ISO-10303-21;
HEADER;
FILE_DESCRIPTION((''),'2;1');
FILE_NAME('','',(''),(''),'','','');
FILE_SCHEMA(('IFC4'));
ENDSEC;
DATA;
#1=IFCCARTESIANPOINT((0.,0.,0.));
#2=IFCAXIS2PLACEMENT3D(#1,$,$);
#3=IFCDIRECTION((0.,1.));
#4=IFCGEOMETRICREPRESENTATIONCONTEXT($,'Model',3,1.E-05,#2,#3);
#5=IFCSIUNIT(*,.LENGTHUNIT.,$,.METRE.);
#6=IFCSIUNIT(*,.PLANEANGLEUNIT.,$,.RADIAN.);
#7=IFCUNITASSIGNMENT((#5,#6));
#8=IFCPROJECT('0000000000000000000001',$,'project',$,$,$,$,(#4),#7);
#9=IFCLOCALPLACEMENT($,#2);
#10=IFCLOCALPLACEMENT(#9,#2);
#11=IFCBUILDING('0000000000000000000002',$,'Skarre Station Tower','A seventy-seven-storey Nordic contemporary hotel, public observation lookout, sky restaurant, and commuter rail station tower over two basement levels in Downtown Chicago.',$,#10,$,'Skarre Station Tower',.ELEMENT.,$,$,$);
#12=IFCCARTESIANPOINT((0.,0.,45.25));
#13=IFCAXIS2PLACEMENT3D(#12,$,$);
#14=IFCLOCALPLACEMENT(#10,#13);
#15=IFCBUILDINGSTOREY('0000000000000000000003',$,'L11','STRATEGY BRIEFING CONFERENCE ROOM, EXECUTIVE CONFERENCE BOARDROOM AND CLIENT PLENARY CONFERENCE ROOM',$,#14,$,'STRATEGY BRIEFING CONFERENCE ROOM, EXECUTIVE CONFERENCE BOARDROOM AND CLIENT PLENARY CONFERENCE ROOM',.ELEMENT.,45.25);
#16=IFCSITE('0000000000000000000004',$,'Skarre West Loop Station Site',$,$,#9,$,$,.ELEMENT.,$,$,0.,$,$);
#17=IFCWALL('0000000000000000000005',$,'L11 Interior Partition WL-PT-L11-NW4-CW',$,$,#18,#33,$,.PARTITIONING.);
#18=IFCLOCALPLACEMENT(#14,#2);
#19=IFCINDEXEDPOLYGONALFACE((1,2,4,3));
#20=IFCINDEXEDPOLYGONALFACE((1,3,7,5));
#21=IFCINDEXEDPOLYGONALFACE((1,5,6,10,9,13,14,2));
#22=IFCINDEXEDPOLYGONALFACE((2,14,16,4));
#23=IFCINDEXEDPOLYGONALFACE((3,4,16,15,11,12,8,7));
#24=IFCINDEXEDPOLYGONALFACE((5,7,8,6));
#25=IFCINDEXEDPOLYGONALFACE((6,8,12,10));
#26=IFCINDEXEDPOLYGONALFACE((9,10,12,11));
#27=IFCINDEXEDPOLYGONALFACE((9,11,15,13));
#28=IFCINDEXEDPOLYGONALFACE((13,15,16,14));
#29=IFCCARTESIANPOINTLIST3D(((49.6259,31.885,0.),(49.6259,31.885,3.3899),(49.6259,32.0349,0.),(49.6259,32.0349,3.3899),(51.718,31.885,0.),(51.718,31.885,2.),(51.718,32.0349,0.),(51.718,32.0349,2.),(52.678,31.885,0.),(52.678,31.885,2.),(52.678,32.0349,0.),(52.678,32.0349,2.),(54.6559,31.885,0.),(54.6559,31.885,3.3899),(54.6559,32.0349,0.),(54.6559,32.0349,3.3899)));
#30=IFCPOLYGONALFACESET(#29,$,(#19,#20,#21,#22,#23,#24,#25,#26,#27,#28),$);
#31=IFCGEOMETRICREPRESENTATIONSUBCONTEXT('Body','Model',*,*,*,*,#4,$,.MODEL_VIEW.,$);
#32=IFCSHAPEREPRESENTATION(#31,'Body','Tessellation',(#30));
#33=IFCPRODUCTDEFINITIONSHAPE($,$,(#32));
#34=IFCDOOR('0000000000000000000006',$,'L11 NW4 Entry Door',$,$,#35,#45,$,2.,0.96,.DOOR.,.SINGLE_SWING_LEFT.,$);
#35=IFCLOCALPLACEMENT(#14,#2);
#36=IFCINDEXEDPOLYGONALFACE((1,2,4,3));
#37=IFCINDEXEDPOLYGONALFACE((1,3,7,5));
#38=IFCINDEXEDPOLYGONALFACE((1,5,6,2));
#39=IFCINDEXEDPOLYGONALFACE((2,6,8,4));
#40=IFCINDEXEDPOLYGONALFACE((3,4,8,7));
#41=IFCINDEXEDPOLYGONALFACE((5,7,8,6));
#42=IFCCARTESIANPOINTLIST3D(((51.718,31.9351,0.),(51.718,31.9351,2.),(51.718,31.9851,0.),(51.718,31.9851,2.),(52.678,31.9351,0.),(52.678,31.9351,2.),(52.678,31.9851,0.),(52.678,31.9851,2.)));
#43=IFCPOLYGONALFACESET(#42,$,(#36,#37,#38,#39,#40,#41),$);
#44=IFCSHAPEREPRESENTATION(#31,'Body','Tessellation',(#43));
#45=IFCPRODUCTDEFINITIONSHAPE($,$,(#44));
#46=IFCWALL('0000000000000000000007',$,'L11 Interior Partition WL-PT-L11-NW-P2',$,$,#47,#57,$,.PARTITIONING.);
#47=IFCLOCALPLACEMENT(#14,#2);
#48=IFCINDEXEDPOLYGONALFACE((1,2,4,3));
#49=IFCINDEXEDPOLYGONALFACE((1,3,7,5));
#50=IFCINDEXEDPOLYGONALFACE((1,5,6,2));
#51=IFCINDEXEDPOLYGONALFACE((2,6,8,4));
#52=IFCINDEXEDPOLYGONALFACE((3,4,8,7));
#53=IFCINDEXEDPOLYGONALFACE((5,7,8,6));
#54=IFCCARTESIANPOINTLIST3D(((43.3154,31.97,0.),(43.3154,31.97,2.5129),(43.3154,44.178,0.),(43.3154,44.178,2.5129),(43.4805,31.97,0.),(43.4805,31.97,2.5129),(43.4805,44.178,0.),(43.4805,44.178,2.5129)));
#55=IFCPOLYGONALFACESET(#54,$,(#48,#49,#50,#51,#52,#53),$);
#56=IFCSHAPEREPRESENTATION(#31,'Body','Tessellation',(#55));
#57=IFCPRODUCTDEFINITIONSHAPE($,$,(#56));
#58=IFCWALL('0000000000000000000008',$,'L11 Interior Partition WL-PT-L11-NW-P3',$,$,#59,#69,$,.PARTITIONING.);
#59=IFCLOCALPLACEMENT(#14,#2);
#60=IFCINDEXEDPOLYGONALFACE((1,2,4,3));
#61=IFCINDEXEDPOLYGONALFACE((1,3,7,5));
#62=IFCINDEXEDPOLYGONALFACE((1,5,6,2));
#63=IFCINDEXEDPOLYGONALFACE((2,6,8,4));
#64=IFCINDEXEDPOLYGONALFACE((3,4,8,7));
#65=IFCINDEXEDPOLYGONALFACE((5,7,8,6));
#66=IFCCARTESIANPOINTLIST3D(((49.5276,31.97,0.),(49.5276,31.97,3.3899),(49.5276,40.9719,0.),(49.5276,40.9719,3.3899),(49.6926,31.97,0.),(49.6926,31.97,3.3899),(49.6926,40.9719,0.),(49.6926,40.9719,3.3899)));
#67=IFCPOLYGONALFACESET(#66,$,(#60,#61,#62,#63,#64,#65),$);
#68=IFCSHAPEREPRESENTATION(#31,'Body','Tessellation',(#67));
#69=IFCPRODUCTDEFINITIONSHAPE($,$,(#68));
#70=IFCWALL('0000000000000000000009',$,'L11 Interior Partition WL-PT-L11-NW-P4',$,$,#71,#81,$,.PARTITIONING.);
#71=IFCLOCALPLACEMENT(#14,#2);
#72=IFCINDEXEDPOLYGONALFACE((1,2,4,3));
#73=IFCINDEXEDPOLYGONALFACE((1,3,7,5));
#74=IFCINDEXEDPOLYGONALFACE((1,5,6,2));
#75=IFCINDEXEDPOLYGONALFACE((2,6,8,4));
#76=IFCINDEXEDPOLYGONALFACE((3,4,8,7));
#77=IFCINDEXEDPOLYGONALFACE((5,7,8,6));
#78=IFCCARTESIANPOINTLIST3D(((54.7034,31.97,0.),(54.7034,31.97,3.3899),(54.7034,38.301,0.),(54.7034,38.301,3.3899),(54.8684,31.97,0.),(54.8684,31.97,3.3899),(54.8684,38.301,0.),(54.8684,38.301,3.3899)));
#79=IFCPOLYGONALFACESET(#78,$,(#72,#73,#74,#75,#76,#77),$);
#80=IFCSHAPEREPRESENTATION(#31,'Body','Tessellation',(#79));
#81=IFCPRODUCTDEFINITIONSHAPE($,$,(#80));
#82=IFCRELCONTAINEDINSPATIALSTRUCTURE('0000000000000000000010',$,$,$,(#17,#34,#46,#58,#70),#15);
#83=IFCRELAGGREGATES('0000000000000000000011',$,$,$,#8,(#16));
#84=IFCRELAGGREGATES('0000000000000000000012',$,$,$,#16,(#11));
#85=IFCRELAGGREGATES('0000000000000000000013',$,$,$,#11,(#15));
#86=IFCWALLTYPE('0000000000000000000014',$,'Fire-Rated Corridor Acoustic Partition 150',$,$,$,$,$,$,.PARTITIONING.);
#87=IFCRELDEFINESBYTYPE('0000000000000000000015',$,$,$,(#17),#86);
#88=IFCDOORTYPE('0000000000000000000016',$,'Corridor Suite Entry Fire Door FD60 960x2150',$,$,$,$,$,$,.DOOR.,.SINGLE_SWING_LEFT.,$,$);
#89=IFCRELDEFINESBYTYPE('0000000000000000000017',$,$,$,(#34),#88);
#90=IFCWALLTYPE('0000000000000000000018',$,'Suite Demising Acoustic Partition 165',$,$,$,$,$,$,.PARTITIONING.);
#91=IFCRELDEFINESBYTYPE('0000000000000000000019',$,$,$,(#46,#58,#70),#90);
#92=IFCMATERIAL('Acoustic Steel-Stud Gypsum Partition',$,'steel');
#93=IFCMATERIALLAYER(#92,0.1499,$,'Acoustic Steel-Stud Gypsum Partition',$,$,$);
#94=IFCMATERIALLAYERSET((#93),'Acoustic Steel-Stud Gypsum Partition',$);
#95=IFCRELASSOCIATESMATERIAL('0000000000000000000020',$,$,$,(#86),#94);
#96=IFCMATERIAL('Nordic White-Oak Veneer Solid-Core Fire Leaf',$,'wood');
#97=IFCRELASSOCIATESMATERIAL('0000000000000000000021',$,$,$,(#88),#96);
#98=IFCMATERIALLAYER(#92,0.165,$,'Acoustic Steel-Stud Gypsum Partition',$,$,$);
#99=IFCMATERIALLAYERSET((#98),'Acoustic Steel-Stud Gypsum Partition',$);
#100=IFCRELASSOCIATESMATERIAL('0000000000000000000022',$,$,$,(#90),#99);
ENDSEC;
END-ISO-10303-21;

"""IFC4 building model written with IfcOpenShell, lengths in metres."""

from ifc_helpers import new_model, si_unit, direction, frame, frame_2d, origin, place, context, subcontext, project, spatial, rectangle, extrude, material, layer, layer_set, type_object, element, fill, save


model = new_model("IFC4")

# Units and contexts
model_context = context("Model", 3, precision=1e-05, world=origin(), true_north=direction((0.0, 1.0)))
body_context = subcontext(model_context, "Body", "Model", "MODEL_VIEW")
ifc_project = project(units=[si_unit("LENGTHUNIT", "METRE"), si_unit("PLANEANGLEUNIT", "RADIAN")], contexts=[model_context])

# Site, building, storey
site_placement = place(None, origin())
site = spatial("IfcSite", under=ifc_project, at=site_placement, Name="Skarre West Loop Station Site", CompositionType="ELEMENT", RefElevation=0.0)
building_placement = place(site_placement, origin())
building = spatial("IfcBuilding", under=site, at=building_placement, Name="Skarre Station Tower", Description="A seventy-seven-storey Nordic contemporary hotel, public observation lookout, sky restaurant, and commuter rail station tower over two basement levels in Downtown Chicago.", LongName="Skarre Station Tower", CompositionType="ELEMENT")
storey_placement = place(building_placement, frame((0.0, 0.0, 45.25)))
storey = spatial("IfcBuildingStorey", under=building, at=storey_placement, Name="L11", Description="STRATEGY BRIEFING CONFERENCE ROOM, EXECUTIVE CONFERENCE BOARDROOM AND CLIENT PLENARY CONFERENCE ROOM", LongName="STRATEGY BRIEFING CONFERENCE ROOM, EXECUTIVE CONFERENCE BOARDROOM AND CLIENT PLENARY CONFERENCE ROOM", CompositionType="ELEMENT", Elevation=45.25)

# Wall, opening, door
ifc_material_1 = material(Name="Acoustic Steel-Stud Gypsum Partition", Category="steel")
ifc_layer_1 = layer(ifc_material_1, 0.1499, Name="Acoustic Steel-Stud Gypsum Partition")
ifc_layer_set_1 = layer_set([ifc_layer_1], Name="Acoustic Steel-Stud Gypsum Partition")
wall_type_1 = type_object("IfcWallType", Name="Fire-Rated Corridor Acoustic Partition 150", PredefinedType="PARTITIONING", material=ifc_layer_set_1)
ifc_material_2 = material(Name="Nordic White-Oak Veneer Solid-Core Fire Leaf", Category="wood")
door_type = type_object("IfcDoorType", Name="Corridor Suite Entry Fire Door FD60 960x2150", OperationType="SINGLE_SWING_LEFT", PredefinedType="DOOR", material=ifc_material_2)
wall_1_placement = place(storey_placement, frame((54.656, 31.96, 0.0), z_axis=(0.0, 0.0, 1.0), x_axis=(-1.0, 0.0, 0.0)))
wall_1 = element("IfcWall", 1, at=wall_1_placement, inside=storey, type_object=wall_type_1, Name="L11 Interior Partition WL-PT-L11-NW4-CW", PredefinedType="PARTITIONING", context=body_context, shape_type="SweptSolid", body=[
    extrude(rectangle(XDim=5.03, YDim=0.1499, at=frame_2d((2.5151, 0.0))), origin(), (0.0, 0.0, 1.0), 3.3899),
])
opening_1_placement = place(wall_1_placement, frame((1.978, 0.0, 0.0)))
opening_1 = element("IfcOpeningElement", 2, at=opening_1_placement, cuts=wall_1, PredefinedType="OPENING", context=body_context, shape_type="SweptSolid", body=[
    extrude(rectangle(XDim=0.96, YDim=2.0, at=frame_2d((0.48, 1.0))), frame((0.0, 0.085, 0.0), z_axis=(0.0, -1.0, 0.0), x_axis=(1.0, 0.0, 0.0)), (0.0, 0.0, 1.0), 0.1699),
])
door_1_placement = place(opening_1_placement, origin())
door_1 = element("IfcDoor", 3, at=door_1_placement, inside=storey, type_object=door_type, Name="L11 NW4 Entry Door", OperationType="SINGLE_SWING_LEFT", OverallHeight=2.0, OverallWidth=0.96, PredefinedType="DOOR", context=body_context, shape_type="SweptSolid", body=[
    extrude(rectangle(XDim=0.96, YDim=2.0, at=frame_2d((0.48, 1.0))), frame((0.0, 0.0249, 0.0), z_axis=(0.0, -1.0, 0.0), x_axis=(1.0, 0.0, 0.0)), (0.0, 0.0, 1.0), 0.05),
])
fill(opening_1, door_1)

# Walls
ifc_layer_2 = layer(ifc_material_1, 0.165, Name="Acoustic Steel-Stud Gypsum Partition")
ifc_layer_set_2 = layer_set([ifc_layer_2], Name="Acoustic Steel-Stud Gypsum Partition")
wall_type_2 = type_object("IfcWallType", Name="Suite Demising Acoustic Partition 165", PredefinedType="PARTITIONING", material=ifc_layer_set_2)
wall_2_placement = place(storey_placement, frame((43.3979, 31.97, 0.0), z_axis=(0.0, 0.0, 1.0), x_axis=(0.0, 1.0, 0.0)))
element("IfcWall", 4, at=wall_2_placement, inside=storey, type_object=wall_type_2, Name="L11 Interior Partition WL-PT-L11-NW-P2", PredefinedType="PARTITIONING", context=body_context, shape_type="SweptSolid", body=[
    extrude(rectangle(XDim=12.208, YDim=0.165, at=frame_2d((6.104, 0.0))), origin(), (0.0, 0.0, 1.0), 2.5129),
])
wall_3_placement = place(storey_placement, frame((49.6101, 31.97, 0.0), z_axis=(0.0, 0.0, 1.0), x_axis=(0.0, 1.0, 0.0)))
element("IfcWall", 5, at=wall_3_placement, inside=storey, type_object=wall_type_2, Name="L11 Interior Partition WL-PT-L11-NW-P3", PredefinedType="PARTITIONING", context=body_context, shape_type="SweptSolid", body=[
    extrude(rectangle(XDim=9.002, YDim=0.165, at=frame_2d((4.501, 0.0))), origin(), (0.0, 0.0, 1.0), 3.3899),
])
wall_4_placement = place(storey_placement, frame((54.7859, 31.97, 0.0), z_axis=(0.0, 0.0, 1.0), x_axis=(0.0, 1.0, 0.0)))
element("IfcWall", 6, at=wall_4_placement, inside=storey, type_object=wall_type_2, Name="L11 Interior Partition WL-PT-L11-NW-P4", PredefinedType="PARTITIONING", context=body_context, shape_type="SweptSolid", body=[
    extrude(rectangle(XDim=6.3311, YDim=0.165, at=frame_2d((3.1655, 0.0))), origin(), (0.0, 0.0, 1.0), 3.3899),
])

save(model, "model.ifc")
